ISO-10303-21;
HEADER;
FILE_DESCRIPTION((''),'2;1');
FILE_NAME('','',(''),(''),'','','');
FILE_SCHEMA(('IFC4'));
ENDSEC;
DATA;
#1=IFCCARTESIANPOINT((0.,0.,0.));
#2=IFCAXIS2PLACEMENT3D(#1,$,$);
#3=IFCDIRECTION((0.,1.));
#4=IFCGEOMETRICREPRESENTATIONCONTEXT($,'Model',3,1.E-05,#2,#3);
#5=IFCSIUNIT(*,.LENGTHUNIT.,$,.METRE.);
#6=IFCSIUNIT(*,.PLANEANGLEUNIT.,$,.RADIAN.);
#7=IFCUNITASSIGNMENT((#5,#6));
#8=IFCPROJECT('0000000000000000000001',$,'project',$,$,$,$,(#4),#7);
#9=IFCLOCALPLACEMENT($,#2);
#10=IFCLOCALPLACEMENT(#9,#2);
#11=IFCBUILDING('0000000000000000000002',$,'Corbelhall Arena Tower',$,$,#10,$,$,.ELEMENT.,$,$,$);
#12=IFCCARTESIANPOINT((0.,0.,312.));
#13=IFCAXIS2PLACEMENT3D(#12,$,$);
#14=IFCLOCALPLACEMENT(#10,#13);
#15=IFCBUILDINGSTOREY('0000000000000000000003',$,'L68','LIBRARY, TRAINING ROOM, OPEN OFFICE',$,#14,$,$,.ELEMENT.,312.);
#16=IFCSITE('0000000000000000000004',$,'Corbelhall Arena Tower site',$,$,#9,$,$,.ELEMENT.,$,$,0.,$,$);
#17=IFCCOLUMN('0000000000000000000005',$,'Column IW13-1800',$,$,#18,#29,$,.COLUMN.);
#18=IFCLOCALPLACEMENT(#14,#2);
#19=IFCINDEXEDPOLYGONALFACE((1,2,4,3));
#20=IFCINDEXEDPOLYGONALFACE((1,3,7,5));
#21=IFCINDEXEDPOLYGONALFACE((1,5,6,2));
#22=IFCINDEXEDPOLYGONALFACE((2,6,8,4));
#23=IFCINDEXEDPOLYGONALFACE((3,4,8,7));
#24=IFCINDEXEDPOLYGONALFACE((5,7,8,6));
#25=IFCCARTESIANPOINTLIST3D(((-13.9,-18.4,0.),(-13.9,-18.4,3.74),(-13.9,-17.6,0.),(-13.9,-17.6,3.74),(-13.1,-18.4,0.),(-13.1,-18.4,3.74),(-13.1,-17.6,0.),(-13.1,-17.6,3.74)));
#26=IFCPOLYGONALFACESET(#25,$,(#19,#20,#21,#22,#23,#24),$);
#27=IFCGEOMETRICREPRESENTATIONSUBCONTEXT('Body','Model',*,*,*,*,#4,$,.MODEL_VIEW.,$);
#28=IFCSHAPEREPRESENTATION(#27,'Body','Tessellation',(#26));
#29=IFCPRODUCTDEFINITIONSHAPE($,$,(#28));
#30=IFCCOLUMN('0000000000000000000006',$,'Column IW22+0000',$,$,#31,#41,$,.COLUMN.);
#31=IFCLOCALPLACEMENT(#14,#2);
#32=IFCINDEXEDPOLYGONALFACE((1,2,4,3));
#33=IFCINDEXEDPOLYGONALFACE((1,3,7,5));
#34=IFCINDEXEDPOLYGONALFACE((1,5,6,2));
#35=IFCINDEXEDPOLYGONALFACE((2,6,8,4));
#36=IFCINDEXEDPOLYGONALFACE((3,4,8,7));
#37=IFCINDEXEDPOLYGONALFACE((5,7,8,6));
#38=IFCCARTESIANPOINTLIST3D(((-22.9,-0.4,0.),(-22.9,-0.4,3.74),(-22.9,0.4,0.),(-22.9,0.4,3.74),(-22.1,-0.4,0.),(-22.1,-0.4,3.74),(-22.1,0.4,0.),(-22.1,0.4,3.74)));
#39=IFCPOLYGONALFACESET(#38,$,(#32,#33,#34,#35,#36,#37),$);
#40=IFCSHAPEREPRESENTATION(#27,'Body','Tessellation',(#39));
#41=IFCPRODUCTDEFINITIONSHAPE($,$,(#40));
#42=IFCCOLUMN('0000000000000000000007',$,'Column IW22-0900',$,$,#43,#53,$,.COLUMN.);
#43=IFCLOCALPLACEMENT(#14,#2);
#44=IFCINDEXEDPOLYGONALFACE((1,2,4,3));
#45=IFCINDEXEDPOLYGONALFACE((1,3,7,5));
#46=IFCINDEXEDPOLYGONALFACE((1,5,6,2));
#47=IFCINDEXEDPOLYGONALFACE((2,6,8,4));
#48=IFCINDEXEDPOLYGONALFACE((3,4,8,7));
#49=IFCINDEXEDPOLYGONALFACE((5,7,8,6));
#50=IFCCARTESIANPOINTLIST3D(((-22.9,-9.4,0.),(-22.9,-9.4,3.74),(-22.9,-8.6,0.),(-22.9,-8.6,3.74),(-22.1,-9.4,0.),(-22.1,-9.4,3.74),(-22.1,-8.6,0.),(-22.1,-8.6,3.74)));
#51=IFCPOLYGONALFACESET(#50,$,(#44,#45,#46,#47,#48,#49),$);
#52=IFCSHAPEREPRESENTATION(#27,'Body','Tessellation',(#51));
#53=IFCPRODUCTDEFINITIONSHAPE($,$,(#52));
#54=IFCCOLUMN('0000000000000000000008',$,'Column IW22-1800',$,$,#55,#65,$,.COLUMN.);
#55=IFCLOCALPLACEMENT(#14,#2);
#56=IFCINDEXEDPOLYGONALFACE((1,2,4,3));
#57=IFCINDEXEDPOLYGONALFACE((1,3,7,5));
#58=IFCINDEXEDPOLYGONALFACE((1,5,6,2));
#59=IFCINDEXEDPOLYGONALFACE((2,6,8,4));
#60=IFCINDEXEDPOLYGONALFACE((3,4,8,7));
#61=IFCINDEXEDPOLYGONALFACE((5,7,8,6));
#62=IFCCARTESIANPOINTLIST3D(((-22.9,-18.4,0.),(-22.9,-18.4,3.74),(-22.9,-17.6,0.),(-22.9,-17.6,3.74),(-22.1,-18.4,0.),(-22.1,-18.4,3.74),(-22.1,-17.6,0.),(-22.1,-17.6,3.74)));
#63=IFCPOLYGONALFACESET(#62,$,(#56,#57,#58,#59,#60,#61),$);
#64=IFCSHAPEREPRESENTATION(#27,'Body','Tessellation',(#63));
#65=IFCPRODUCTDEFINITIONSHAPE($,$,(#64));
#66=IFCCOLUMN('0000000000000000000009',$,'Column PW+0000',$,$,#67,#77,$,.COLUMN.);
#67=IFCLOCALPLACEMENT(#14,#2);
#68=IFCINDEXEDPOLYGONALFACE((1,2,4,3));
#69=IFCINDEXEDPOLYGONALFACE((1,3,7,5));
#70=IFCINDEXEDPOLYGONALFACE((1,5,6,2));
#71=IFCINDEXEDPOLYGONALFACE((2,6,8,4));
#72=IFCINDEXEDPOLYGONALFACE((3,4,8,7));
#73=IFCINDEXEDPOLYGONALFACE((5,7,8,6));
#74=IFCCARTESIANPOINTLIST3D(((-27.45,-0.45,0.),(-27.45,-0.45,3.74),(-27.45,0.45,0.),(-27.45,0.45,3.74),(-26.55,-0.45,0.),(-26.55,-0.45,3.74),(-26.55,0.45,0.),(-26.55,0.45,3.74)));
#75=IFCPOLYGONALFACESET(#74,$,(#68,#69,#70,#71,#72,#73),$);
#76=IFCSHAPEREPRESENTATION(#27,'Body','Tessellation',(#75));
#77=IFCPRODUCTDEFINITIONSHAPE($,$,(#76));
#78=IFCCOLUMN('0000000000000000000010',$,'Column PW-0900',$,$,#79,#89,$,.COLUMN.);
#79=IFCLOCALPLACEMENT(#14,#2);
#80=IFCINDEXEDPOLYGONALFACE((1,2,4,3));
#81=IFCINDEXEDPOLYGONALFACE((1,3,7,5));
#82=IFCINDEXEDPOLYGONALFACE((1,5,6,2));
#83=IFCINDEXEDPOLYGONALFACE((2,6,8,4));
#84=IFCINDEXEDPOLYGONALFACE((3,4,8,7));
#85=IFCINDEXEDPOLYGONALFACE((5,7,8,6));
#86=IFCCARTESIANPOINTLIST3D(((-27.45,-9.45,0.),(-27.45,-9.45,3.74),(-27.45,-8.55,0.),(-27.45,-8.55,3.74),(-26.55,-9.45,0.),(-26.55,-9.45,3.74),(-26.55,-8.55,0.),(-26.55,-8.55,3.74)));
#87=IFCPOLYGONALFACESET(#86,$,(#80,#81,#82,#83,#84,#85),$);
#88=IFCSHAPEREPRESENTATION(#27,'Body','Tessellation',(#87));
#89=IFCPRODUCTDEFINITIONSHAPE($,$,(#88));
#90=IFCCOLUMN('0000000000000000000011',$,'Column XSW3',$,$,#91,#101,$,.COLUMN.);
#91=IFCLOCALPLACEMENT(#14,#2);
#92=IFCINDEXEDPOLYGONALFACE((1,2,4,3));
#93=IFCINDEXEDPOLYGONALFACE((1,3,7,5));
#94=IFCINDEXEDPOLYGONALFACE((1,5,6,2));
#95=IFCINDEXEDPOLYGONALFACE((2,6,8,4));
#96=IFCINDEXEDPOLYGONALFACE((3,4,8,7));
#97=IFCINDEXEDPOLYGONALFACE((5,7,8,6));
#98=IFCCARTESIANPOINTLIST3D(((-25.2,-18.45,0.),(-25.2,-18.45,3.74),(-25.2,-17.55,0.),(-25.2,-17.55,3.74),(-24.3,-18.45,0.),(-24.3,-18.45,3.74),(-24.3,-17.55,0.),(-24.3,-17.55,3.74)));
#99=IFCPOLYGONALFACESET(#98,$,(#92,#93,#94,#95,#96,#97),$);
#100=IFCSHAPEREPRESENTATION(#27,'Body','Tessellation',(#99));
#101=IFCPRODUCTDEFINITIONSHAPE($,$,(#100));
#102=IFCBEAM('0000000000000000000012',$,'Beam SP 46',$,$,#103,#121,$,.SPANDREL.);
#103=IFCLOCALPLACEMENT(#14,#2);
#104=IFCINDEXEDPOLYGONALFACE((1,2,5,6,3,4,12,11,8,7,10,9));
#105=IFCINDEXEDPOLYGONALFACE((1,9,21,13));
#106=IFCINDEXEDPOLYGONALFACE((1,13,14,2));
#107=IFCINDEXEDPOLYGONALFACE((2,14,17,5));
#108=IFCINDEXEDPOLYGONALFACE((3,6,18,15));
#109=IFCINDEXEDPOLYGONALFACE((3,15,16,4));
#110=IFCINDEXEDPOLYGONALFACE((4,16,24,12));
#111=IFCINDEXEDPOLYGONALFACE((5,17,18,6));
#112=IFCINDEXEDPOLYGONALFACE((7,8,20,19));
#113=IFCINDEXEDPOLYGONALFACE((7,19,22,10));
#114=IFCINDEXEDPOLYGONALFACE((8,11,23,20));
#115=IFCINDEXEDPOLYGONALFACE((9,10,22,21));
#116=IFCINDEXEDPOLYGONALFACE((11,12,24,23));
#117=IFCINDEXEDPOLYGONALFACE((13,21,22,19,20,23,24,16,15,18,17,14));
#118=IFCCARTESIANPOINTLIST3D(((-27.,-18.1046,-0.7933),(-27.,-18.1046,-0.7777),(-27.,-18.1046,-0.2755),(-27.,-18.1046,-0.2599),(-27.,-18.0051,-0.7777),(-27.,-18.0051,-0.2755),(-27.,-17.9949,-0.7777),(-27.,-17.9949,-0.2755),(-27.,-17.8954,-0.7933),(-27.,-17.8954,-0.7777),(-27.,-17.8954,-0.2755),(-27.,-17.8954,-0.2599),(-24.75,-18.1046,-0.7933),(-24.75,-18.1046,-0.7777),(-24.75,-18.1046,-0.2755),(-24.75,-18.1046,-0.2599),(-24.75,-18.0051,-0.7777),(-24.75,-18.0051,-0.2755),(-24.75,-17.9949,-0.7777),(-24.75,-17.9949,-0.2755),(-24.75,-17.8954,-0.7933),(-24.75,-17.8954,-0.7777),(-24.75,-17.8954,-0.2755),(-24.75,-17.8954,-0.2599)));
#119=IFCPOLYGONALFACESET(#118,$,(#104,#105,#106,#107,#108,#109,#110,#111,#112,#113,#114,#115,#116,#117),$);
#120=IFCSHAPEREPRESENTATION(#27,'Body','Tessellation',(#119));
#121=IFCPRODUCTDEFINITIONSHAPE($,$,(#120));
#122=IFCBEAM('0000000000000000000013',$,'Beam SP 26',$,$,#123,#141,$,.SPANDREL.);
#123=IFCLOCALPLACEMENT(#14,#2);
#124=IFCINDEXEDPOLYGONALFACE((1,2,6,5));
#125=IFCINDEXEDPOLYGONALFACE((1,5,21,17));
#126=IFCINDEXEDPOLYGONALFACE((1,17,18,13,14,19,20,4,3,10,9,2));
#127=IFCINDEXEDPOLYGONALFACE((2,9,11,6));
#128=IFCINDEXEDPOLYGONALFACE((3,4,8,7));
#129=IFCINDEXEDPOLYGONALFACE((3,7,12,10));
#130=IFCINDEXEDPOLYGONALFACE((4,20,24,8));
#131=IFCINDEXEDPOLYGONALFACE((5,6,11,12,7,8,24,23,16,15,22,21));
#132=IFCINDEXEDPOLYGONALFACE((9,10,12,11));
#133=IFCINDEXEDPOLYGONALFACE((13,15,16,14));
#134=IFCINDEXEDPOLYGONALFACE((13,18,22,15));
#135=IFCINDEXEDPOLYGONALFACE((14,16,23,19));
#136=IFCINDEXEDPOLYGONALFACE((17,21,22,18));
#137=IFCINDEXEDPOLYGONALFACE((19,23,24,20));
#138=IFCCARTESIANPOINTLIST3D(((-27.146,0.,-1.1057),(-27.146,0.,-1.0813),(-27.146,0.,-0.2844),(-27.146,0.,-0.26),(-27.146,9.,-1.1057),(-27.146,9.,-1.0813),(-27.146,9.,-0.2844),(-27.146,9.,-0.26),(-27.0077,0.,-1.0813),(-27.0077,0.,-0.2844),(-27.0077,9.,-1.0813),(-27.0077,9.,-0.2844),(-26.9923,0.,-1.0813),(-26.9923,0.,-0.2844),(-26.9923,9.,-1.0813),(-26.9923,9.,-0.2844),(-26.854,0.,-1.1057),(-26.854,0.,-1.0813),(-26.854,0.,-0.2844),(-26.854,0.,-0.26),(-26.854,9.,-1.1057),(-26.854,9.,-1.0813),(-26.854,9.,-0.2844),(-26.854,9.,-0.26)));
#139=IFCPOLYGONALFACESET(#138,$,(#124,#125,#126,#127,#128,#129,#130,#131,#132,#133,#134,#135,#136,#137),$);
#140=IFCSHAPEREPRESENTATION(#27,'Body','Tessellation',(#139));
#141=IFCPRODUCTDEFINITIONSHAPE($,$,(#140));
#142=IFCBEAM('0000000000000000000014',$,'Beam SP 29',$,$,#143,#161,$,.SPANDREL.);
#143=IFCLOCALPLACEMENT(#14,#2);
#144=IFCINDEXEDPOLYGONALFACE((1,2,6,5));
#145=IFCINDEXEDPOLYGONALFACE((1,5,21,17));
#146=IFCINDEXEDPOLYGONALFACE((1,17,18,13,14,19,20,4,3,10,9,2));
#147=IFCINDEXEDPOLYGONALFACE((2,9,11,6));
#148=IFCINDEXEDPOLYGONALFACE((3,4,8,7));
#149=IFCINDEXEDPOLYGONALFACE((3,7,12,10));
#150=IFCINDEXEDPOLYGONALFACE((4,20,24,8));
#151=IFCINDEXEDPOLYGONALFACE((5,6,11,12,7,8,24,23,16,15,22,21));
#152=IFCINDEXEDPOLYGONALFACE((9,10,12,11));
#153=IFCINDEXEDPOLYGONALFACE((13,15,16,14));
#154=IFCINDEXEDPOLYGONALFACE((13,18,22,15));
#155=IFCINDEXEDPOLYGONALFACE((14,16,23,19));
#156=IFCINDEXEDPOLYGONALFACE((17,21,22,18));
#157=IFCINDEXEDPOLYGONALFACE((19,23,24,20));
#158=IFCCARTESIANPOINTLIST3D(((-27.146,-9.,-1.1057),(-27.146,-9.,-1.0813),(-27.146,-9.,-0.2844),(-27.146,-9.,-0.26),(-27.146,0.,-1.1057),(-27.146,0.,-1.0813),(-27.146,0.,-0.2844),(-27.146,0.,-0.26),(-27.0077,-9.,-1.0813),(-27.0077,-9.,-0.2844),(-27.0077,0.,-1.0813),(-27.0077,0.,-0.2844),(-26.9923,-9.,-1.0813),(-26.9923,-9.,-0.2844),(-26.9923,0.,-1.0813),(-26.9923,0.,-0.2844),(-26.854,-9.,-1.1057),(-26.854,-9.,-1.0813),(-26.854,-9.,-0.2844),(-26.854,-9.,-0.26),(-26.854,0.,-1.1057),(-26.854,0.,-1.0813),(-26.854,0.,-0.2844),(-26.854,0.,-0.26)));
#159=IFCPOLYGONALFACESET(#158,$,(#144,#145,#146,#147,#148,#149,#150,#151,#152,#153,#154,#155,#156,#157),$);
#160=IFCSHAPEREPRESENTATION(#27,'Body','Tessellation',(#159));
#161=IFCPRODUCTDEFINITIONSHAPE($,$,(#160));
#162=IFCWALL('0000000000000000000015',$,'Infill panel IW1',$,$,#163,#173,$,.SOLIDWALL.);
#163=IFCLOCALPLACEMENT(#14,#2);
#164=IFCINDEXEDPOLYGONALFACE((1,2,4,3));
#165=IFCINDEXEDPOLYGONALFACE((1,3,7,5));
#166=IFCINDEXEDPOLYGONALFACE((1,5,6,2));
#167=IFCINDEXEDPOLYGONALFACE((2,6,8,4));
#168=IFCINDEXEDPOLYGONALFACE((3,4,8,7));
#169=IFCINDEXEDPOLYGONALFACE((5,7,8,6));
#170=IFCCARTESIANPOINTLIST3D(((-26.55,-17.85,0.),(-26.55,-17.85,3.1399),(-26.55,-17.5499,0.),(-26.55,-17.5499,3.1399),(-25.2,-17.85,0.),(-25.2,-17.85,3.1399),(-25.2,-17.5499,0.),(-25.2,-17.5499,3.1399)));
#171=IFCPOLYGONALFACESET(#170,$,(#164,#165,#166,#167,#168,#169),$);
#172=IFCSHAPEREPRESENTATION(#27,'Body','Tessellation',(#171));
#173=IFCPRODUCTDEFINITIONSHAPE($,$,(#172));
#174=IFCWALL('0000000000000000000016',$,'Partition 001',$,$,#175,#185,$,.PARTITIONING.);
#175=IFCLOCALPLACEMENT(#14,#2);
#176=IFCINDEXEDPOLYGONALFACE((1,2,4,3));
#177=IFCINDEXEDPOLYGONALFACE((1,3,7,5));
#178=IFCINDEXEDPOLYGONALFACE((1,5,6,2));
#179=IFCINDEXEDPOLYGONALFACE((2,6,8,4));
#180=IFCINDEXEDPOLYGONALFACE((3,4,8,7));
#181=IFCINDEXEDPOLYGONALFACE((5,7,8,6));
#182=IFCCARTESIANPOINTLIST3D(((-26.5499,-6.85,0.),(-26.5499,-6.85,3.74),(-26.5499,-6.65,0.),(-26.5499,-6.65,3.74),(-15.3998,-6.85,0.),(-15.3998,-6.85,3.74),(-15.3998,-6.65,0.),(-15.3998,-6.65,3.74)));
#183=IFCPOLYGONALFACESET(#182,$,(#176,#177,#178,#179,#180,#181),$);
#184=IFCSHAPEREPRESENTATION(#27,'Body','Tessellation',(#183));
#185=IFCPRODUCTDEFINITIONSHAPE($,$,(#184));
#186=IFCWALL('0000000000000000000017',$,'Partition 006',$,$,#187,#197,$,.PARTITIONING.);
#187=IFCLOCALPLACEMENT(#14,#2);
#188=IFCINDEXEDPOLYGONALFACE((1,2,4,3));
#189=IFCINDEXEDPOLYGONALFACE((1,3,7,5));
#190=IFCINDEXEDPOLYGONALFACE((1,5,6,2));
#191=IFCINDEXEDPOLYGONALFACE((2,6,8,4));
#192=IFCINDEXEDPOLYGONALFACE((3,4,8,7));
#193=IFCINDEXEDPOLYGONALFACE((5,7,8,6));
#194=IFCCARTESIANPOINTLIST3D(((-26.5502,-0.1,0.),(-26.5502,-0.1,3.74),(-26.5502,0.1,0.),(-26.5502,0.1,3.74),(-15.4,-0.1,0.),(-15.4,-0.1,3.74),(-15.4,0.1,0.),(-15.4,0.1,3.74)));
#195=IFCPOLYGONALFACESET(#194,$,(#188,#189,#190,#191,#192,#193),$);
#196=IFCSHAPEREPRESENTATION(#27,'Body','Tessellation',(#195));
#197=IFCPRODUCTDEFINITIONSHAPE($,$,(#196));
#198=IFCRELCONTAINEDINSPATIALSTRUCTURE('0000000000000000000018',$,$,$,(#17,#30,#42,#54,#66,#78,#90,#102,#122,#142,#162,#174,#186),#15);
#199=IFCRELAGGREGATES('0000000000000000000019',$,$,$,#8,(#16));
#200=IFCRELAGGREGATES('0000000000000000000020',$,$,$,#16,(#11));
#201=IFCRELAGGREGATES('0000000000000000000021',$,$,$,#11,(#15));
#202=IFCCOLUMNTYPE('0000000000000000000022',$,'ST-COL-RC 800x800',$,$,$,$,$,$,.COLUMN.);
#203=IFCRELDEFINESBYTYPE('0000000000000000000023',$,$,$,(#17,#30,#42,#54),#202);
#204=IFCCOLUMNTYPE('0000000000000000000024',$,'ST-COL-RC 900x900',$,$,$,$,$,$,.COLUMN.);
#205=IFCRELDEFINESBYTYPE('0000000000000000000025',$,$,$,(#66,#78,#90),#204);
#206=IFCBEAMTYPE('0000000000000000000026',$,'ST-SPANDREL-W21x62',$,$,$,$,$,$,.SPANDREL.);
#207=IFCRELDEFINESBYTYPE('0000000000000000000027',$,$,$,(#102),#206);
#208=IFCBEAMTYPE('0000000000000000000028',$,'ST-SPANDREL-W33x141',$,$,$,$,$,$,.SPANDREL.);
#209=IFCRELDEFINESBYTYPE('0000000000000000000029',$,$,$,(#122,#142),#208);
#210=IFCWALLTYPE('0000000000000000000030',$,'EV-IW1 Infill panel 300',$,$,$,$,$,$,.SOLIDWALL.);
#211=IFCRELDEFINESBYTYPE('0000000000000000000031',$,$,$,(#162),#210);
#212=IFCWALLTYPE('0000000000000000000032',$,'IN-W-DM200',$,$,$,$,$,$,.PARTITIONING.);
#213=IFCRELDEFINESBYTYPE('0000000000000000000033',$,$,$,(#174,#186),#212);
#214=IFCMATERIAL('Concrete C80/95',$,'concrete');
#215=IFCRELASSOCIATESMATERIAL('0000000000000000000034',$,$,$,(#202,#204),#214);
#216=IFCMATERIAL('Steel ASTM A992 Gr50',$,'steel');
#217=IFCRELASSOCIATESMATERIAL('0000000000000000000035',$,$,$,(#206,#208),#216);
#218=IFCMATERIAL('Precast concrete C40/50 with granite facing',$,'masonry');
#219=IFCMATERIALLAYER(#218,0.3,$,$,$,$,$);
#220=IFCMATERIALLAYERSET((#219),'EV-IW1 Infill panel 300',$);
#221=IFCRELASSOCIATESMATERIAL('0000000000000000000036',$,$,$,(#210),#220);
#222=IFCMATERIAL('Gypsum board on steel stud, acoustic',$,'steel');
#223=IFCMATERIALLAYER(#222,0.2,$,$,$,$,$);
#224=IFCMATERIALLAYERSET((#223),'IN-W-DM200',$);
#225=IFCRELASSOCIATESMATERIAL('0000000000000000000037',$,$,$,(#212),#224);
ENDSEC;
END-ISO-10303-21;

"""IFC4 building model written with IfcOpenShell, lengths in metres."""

from ifc_helpers import new_model, si_unit, direction, frame, frame_2d, origin, origin_2d, place, context, subcontext, project, spatial, rectangle, i_section, extrude, material, layer, layer_set, material_profile, profile_set, type_object, element, save


model = new_model("IFC4")

# Units and contexts
model_context = context("Model", 3, precision=1e-05, world=origin(), true_north=direction((0.0, 1.0)))
body_context = subcontext(model_context, "Body", "Model", "MODEL_VIEW")
ifc_project = project(units=[si_unit("LENGTHUNIT", "METRE"), si_unit("PLANEANGLEUNIT", "RADIAN")], contexts=[model_context])

# Site, building, storey
site_placement = place(None, origin())
site = spatial("IfcSite", under=ifc_project, at=site_placement, Name="Corbelhall Arena Tower site", CompositionType="ELEMENT", RefElevation=0.0)
building_placement = place(site_placement, origin())
building = spatial("IfcBuilding", under=site, at=building_placement, Name="Corbelhall Arena Tower", CompositionType="ELEMENT")
storey_placement = place(building_placement, frame((0.0, 0.0, 312.0)))
storey = spatial("IfcBuildingStorey", under=building, at=storey_placement, Name="L68", Description="LIBRARY, TRAINING ROOM, OPEN OFFICE", CompositionType="ELEMENT", Elevation=312.0)

# Columns
ifc_material_1 = material(Name="Concrete C80/95", Category="concrete")
ifc_material_profile_1 = material_profile(ifc_material_1, rectangle(XDim=0.8, YDim=0.8, at=origin_2d()))
ifc_profile_set_1 = profile_set([ifc_material_profile_1], Name="Concrete C80/95")
column_type_1 = type_object("IfcColumnType", Name="ST-COL-RC 800x800", PredefinedType="COLUMN", material=ifc_profile_set_1)
for number, where, z_axis, x_axis, name in (
    (1, (-13.5, -18.0, 0.0), (0.0, 0.0, 1.0), (1.0, 0.0, 0.0), "Column IW13-1800"),
    (2, (-22.5, 0.0, 0.0), (0.0, 0.0, 1.0), (1.0, 0.0, 0.0), "Column IW22+0000"),
    (3, (-22.5, -9.0, 0.0), (0.0, 0.0, 1.0), (1.0, 0.0, 0.0), "Column IW22-0900"),
    (4, (-22.5, -18.0, 0.0), (0.0, 0.0, 1.0), (1.0, 0.0, 0.0), "Column IW22-1800"),
):
    element("IfcColumn", number, at=place(storey_placement, frame(where, z_axis=z_axis, x_axis=x_axis)), inside=storey, type_object=column_type_1, Name=name, PredefinedType="COLUMN", context=body_context, shape_type="SweptSolid", body=[
        extrude(rectangle(XDim=0.8, YDim=0.8, at=origin_2d()), origin(), (0.0, 0.0, 1.0), 3.74),
    ])
ifc_material_profile_2 = material_profile(ifc_material_1, rectangle(XDim=0.8999, YDim=0.8999, at=origin_2d()))
ifc_profile_set_2 = profile_set([ifc_material_profile_2], Name="Concrete C80/95")
column_type_2 = type_object("IfcColumnType", Name="ST-COL-RC 900x900", PredefinedType="COLUMN", material=ifc_profile_set_2)
for number, where, z_axis, x_axis, name in (
    (5, (-27.0, 0.0, 0.0), (0.0, 0.0, 1.0), (0.0, 1.0, 0.0), "Column PW+0000"),
    (6, (-27.0, -9.0, 0.0), (0.0, 0.0, 1.0), (0.0, 1.0, 0.0), "Column PW-0900"),
    (7, (-24.75, -18.0, 0.0), (0.0, 0.0, 1.0), (1.0, 0.0, 0.0), "Column XSW3"),
):
    element("IfcColumn", number, at=place(storey_placement, frame(where, z_axis=z_axis, x_axis=x_axis)), inside=storey, type_object=column_type_2, Name=name, PredefinedType="COLUMN", context=body_context, shape_type="SweptSolid", body=[
        extrude(rectangle(XDim=0.8999, YDim=0.8999, at=origin_2d()), origin(), (0.0, 0.0, 1.0), 3.74),
    ])

# Beams
ifc_material_2 = material(Name="Steel ASTM A992 Gr50", Category="steel")
ifc_material_profile_3 = material_profile(ifc_material_2, i_section(OverallWidth=0.2092, OverallDepth=0.5334, WebThickness=0.0103, FlangeThickness=0.0156, at=origin_2d()))
ifc_profile_set_3 = profile_set([ifc_material_profile_3], Name="Steel ASTM A992 Gr50")
beam_type_1 = type_object("IfcBeamType", Name="ST-SPANDREL-W21x62", PredefinedType="SPANDREL", material=ifc_profile_set_3)
beam_placement = place(storey_placement, frame((-24.75, -18.0, -0.5266), z_axis=(-1.0, 0.0, 0.0), x_axis=(0.0, -1.0, 0.0)))
element("IfcBeam", 8, at=beam_placement, inside=storey, type_object=beam_type_1, Name="Beam SP 46", PredefinedType="SPANDREL", context=body_context, shape_type="SweptSolid", body=[
    extrude(i_section(OverallWidth=0.2092, OverallDepth=0.5334, WebThickness=0.0103, FlangeThickness=0.0156, at=origin_2d()), origin(), (0.0, 0.0, 1.0), 2.25),
])
ifc_material_profile_4 = material_profile(ifc_material_2, i_section(OverallWidth=0.292, OverallDepth=0.8457, WebThickness=0.0154, FlangeThickness=0.0244, at=origin_2d()))
ifc_profile_set_4 = profile_set([ifc_material_profile_4], Name="Steel ASTM A992 Gr50")
beam_type_2 = type_object("IfcBeamType", Name="ST-SPANDREL-W33x141", PredefinedType="SPANDREL", material=ifc_profile_set_4)
for number, where, z_axis, x_axis, name in (
    (9, (-27.0, 0.0, -0.6829), (0.0, 1.0, 0.0), (-1.0, 0.0, 0.0), "Beam SP 26"),
    (10, (-27.0, -9.0, -0.6829), (0.0, 1.0, 0.0), (-1.0, 0.0, 0.0), "Beam SP 29"),
):
    element("IfcBeam", number, at=place(storey_placement, frame(where, z_axis=z_axis, x_axis=x_axis)), inside=storey, type_object=beam_type_2, Name=name, PredefinedType="SPANDREL", context=body_context, shape_type="SweptSolid", body=[
        extrude(i_section(OverallWidth=0.292, OverallDepth=0.8457, WebThickness=0.0154, FlangeThickness=0.0244, at=origin_2d()), origin(), (0.0, 0.0, 1.0), 9.0),
    ])

# Shared definitions
ifc_material_3 = material(Name="Precast concrete C40/50 with granite facing", Category="masonry")
ifc_layer_1 = layer(ifc_material_3, 0.3)
ifc_layer_set_1 = layer_set([ifc_layer_1], Name="EV-IW1 Infill panel 300")
wall_type_1 = type_object("IfcWallType", Name="EV-IW1 Infill panel 300", PredefinedType="SOLIDWALL", material=ifc_layer_set_1)

# Walls
wall_1_placement = place(storey_placement, frame((-26.55, -17.7, 0.0), z_axis=(0.0, 0.0, 1.0), x_axis=(1.0, 0.0, 0.0)))
element("IfcWall", 11, at=wall_1_placement, inside=storey, type_object=wall_type_1, Name="Infill panel IW1", PredefinedType="SOLIDWALL", context=body_context, shape_type="SweptSolid", body=[
    extrude(rectangle(XDim=1.3501, YDim=0.3, at=frame_2d((0.675, 0.0))), origin(), (0.0, 0.0, 1.0), 3.1399),
])
ifc_material_4 = material(Name="Gypsum board on steel stud, acoustic", Category="steel")
ifc_layer_2 = layer(ifc_material_4, 0.2)
ifc_layer_set_2 = layer_set([ifc_layer_2], Name="IN-W-DM200")
wall_type_2 = type_object("IfcWallType", Name="IN-W-DM200", PredefinedType="PARTITIONING", material=ifc_layer_set_2)
for number, where, z_axis, x_axis, name in (
    (12, (-26.55, -6.75, 0.0), (0.0, 0.0, 1.0), (1.0, 0.0, 0.0), "Partition 001"),
    (13, (-15.3999, 0.0, 0.0), (0.0, 0.0, 1.0), (-1.0, 0.0, 0.0), "Partition 006"),
):
    element("IfcWall", number, at=place(storey_placement, frame(where, z_axis=z_axis, x_axis=x_axis)), inside=storey, type_object=wall_type_2, Name=name, PredefinedType="PARTITIONING", context=body_context, shape_type="SweptSolid", body=[
        extrude(rectangle(XDim=11.1501, YDim=0.2, at=frame_2d((5.5752, 0.0))), origin(), (0.0, 0.0, 1.0), 3.74),
    ])

save(model, "model.ifc")
